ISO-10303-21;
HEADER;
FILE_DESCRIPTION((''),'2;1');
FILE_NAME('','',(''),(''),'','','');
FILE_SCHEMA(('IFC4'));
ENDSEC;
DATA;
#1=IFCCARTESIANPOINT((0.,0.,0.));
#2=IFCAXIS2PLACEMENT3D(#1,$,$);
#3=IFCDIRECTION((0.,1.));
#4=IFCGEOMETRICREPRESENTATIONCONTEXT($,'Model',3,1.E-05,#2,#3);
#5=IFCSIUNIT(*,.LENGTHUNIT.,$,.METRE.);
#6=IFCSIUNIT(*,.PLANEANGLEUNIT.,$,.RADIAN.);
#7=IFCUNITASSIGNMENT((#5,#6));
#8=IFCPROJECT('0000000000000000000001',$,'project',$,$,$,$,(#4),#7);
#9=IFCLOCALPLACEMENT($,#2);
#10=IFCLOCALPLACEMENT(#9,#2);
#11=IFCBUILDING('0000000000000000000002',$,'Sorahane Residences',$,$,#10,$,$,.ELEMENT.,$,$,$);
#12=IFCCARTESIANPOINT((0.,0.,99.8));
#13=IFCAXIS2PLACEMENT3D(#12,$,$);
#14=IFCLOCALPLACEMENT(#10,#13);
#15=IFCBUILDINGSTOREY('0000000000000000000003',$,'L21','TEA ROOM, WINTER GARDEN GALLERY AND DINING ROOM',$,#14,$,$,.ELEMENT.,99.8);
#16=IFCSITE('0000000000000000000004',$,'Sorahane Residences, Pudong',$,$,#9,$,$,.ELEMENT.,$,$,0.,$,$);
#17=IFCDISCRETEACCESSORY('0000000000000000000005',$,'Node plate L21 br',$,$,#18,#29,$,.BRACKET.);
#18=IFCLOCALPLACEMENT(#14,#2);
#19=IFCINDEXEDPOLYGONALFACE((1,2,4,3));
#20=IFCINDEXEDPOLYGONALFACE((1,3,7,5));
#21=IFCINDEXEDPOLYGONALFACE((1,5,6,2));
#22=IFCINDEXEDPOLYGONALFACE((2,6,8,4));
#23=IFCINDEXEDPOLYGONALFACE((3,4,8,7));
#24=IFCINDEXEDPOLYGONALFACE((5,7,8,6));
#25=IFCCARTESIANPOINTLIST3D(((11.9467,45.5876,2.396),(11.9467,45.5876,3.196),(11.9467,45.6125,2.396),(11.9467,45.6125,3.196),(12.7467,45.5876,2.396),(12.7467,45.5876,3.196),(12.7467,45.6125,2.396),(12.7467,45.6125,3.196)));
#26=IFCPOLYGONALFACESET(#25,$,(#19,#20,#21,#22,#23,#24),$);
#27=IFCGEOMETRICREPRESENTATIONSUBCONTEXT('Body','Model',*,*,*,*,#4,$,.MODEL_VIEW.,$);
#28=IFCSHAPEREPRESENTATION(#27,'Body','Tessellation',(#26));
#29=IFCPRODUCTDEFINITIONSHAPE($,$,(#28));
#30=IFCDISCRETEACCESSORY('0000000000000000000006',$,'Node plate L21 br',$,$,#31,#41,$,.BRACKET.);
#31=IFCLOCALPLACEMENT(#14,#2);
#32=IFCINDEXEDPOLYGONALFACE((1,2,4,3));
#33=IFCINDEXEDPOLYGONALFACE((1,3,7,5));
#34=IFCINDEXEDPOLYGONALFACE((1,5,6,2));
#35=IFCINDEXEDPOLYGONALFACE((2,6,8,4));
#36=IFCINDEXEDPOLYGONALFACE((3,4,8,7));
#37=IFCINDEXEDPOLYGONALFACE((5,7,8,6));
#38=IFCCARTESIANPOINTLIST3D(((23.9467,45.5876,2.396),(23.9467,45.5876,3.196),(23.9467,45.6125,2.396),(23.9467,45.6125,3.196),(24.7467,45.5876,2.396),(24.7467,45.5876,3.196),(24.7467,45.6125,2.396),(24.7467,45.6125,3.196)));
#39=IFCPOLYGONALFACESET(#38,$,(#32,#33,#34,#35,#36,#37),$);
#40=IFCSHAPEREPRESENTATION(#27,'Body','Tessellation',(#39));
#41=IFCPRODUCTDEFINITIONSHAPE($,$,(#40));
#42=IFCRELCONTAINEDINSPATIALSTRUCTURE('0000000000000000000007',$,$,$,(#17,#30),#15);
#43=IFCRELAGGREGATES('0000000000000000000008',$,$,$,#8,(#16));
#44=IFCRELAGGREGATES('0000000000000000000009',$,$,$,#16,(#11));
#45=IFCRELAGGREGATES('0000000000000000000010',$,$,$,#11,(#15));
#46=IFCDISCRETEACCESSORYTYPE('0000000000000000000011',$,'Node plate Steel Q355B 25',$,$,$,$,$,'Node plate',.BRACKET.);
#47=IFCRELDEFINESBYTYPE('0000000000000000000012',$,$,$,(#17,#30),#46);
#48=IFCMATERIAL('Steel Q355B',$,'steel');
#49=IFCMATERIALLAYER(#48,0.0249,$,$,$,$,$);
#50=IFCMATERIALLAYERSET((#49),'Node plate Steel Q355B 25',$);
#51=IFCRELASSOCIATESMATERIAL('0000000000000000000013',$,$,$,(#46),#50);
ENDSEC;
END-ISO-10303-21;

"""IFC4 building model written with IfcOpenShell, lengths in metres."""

from ifc_helpers import new_model, si_unit, direction, frame, origin, origin_2d, place, context, subcontext, project, spatial, rectangle, extrude, material, layer, layer_set, type_object, element, save


model = new_model("IFC4")

# Units and contexts
model_context = context("Model", 3, precision=1e-05, world=origin(), true_north=direction((0.0, 1.0)))
body_context = subcontext(model_context, "Body", "Model", "MODEL_VIEW")
ifc_project = project(units=[si_unit("LENGTHUNIT", "METRE"), si_unit("PLANEANGLEUNIT", "RADIAN")], contexts=[model_context])

# Site, building, storey
site_placement = place(None, origin())
site = spatial("IfcSite", under=ifc_project, at=site_placement, Name="Sorahane Residences, Pudong", CompositionType="ELEMENT", RefElevation=0.0)
building_placement = place(site_placement, origin())
building = spatial("IfcBuilding", under=site, at=building_placement, Name="Sorahane Residences", CompositionType="ELEMENT")
storey_placement = place(building_placement, frame((0.0, 0.0, 99.8)))
storey = spatial("IfcBuildingStorey", under=building, at=storey_placement, Name="L21", Description="TEA ROOM, WINTER GARDEN GALLERY AND DINING ROOM", CompositionType="ELEMENT", Elevation=99.8)

# Discrete accessories
ifc_material_1 = material(Name="Steel Q355B", Category="steel")
ifc_layer_1 = layer(ifc_material_1, 0.0249)
ifc_layer_set_1 = layer_set([ifc_layer_1], Name="Node plate Steel Q355B 25")
discrete_accessory_type = type_object("IfcDiscreteAccessoryType", Name="Node plate Steel Q355B 25", ElementType="Node plate", PredefinedType="BRACKET", material=ifc_layer_set_1)
for number, where, z_axis, x_axis, name in (
    (1, (12.3467, 45.6001, 2.396), (0.0, 0.0, 1.0), (1.0, 0.0, 0.0), "Node plate L21 br"),
    (2, (24.3467, 45.6001, 2.396), (0.0, 0.0, 1.0), (1.0, 0.0, 0.0), "Node plate L21 br"),
):
    element("IfcDiscreteAccessory", number, at=place(storey_placement, frame(where, z_axis=z_axis, x_axis=x_axis)), inside=storey, type_object=discrete_accessory_type, Name=name, PredefinedType="BRACKET", context=body_context, shape_type="SweptSolid", body=[
        extrude(rectangle(XDim=0.8, YDim=0.0249, at=origin_2d()), origin(), (0.0, 0.0, 1.0), 0.8),
    ])

save(model, "model.ifc")
